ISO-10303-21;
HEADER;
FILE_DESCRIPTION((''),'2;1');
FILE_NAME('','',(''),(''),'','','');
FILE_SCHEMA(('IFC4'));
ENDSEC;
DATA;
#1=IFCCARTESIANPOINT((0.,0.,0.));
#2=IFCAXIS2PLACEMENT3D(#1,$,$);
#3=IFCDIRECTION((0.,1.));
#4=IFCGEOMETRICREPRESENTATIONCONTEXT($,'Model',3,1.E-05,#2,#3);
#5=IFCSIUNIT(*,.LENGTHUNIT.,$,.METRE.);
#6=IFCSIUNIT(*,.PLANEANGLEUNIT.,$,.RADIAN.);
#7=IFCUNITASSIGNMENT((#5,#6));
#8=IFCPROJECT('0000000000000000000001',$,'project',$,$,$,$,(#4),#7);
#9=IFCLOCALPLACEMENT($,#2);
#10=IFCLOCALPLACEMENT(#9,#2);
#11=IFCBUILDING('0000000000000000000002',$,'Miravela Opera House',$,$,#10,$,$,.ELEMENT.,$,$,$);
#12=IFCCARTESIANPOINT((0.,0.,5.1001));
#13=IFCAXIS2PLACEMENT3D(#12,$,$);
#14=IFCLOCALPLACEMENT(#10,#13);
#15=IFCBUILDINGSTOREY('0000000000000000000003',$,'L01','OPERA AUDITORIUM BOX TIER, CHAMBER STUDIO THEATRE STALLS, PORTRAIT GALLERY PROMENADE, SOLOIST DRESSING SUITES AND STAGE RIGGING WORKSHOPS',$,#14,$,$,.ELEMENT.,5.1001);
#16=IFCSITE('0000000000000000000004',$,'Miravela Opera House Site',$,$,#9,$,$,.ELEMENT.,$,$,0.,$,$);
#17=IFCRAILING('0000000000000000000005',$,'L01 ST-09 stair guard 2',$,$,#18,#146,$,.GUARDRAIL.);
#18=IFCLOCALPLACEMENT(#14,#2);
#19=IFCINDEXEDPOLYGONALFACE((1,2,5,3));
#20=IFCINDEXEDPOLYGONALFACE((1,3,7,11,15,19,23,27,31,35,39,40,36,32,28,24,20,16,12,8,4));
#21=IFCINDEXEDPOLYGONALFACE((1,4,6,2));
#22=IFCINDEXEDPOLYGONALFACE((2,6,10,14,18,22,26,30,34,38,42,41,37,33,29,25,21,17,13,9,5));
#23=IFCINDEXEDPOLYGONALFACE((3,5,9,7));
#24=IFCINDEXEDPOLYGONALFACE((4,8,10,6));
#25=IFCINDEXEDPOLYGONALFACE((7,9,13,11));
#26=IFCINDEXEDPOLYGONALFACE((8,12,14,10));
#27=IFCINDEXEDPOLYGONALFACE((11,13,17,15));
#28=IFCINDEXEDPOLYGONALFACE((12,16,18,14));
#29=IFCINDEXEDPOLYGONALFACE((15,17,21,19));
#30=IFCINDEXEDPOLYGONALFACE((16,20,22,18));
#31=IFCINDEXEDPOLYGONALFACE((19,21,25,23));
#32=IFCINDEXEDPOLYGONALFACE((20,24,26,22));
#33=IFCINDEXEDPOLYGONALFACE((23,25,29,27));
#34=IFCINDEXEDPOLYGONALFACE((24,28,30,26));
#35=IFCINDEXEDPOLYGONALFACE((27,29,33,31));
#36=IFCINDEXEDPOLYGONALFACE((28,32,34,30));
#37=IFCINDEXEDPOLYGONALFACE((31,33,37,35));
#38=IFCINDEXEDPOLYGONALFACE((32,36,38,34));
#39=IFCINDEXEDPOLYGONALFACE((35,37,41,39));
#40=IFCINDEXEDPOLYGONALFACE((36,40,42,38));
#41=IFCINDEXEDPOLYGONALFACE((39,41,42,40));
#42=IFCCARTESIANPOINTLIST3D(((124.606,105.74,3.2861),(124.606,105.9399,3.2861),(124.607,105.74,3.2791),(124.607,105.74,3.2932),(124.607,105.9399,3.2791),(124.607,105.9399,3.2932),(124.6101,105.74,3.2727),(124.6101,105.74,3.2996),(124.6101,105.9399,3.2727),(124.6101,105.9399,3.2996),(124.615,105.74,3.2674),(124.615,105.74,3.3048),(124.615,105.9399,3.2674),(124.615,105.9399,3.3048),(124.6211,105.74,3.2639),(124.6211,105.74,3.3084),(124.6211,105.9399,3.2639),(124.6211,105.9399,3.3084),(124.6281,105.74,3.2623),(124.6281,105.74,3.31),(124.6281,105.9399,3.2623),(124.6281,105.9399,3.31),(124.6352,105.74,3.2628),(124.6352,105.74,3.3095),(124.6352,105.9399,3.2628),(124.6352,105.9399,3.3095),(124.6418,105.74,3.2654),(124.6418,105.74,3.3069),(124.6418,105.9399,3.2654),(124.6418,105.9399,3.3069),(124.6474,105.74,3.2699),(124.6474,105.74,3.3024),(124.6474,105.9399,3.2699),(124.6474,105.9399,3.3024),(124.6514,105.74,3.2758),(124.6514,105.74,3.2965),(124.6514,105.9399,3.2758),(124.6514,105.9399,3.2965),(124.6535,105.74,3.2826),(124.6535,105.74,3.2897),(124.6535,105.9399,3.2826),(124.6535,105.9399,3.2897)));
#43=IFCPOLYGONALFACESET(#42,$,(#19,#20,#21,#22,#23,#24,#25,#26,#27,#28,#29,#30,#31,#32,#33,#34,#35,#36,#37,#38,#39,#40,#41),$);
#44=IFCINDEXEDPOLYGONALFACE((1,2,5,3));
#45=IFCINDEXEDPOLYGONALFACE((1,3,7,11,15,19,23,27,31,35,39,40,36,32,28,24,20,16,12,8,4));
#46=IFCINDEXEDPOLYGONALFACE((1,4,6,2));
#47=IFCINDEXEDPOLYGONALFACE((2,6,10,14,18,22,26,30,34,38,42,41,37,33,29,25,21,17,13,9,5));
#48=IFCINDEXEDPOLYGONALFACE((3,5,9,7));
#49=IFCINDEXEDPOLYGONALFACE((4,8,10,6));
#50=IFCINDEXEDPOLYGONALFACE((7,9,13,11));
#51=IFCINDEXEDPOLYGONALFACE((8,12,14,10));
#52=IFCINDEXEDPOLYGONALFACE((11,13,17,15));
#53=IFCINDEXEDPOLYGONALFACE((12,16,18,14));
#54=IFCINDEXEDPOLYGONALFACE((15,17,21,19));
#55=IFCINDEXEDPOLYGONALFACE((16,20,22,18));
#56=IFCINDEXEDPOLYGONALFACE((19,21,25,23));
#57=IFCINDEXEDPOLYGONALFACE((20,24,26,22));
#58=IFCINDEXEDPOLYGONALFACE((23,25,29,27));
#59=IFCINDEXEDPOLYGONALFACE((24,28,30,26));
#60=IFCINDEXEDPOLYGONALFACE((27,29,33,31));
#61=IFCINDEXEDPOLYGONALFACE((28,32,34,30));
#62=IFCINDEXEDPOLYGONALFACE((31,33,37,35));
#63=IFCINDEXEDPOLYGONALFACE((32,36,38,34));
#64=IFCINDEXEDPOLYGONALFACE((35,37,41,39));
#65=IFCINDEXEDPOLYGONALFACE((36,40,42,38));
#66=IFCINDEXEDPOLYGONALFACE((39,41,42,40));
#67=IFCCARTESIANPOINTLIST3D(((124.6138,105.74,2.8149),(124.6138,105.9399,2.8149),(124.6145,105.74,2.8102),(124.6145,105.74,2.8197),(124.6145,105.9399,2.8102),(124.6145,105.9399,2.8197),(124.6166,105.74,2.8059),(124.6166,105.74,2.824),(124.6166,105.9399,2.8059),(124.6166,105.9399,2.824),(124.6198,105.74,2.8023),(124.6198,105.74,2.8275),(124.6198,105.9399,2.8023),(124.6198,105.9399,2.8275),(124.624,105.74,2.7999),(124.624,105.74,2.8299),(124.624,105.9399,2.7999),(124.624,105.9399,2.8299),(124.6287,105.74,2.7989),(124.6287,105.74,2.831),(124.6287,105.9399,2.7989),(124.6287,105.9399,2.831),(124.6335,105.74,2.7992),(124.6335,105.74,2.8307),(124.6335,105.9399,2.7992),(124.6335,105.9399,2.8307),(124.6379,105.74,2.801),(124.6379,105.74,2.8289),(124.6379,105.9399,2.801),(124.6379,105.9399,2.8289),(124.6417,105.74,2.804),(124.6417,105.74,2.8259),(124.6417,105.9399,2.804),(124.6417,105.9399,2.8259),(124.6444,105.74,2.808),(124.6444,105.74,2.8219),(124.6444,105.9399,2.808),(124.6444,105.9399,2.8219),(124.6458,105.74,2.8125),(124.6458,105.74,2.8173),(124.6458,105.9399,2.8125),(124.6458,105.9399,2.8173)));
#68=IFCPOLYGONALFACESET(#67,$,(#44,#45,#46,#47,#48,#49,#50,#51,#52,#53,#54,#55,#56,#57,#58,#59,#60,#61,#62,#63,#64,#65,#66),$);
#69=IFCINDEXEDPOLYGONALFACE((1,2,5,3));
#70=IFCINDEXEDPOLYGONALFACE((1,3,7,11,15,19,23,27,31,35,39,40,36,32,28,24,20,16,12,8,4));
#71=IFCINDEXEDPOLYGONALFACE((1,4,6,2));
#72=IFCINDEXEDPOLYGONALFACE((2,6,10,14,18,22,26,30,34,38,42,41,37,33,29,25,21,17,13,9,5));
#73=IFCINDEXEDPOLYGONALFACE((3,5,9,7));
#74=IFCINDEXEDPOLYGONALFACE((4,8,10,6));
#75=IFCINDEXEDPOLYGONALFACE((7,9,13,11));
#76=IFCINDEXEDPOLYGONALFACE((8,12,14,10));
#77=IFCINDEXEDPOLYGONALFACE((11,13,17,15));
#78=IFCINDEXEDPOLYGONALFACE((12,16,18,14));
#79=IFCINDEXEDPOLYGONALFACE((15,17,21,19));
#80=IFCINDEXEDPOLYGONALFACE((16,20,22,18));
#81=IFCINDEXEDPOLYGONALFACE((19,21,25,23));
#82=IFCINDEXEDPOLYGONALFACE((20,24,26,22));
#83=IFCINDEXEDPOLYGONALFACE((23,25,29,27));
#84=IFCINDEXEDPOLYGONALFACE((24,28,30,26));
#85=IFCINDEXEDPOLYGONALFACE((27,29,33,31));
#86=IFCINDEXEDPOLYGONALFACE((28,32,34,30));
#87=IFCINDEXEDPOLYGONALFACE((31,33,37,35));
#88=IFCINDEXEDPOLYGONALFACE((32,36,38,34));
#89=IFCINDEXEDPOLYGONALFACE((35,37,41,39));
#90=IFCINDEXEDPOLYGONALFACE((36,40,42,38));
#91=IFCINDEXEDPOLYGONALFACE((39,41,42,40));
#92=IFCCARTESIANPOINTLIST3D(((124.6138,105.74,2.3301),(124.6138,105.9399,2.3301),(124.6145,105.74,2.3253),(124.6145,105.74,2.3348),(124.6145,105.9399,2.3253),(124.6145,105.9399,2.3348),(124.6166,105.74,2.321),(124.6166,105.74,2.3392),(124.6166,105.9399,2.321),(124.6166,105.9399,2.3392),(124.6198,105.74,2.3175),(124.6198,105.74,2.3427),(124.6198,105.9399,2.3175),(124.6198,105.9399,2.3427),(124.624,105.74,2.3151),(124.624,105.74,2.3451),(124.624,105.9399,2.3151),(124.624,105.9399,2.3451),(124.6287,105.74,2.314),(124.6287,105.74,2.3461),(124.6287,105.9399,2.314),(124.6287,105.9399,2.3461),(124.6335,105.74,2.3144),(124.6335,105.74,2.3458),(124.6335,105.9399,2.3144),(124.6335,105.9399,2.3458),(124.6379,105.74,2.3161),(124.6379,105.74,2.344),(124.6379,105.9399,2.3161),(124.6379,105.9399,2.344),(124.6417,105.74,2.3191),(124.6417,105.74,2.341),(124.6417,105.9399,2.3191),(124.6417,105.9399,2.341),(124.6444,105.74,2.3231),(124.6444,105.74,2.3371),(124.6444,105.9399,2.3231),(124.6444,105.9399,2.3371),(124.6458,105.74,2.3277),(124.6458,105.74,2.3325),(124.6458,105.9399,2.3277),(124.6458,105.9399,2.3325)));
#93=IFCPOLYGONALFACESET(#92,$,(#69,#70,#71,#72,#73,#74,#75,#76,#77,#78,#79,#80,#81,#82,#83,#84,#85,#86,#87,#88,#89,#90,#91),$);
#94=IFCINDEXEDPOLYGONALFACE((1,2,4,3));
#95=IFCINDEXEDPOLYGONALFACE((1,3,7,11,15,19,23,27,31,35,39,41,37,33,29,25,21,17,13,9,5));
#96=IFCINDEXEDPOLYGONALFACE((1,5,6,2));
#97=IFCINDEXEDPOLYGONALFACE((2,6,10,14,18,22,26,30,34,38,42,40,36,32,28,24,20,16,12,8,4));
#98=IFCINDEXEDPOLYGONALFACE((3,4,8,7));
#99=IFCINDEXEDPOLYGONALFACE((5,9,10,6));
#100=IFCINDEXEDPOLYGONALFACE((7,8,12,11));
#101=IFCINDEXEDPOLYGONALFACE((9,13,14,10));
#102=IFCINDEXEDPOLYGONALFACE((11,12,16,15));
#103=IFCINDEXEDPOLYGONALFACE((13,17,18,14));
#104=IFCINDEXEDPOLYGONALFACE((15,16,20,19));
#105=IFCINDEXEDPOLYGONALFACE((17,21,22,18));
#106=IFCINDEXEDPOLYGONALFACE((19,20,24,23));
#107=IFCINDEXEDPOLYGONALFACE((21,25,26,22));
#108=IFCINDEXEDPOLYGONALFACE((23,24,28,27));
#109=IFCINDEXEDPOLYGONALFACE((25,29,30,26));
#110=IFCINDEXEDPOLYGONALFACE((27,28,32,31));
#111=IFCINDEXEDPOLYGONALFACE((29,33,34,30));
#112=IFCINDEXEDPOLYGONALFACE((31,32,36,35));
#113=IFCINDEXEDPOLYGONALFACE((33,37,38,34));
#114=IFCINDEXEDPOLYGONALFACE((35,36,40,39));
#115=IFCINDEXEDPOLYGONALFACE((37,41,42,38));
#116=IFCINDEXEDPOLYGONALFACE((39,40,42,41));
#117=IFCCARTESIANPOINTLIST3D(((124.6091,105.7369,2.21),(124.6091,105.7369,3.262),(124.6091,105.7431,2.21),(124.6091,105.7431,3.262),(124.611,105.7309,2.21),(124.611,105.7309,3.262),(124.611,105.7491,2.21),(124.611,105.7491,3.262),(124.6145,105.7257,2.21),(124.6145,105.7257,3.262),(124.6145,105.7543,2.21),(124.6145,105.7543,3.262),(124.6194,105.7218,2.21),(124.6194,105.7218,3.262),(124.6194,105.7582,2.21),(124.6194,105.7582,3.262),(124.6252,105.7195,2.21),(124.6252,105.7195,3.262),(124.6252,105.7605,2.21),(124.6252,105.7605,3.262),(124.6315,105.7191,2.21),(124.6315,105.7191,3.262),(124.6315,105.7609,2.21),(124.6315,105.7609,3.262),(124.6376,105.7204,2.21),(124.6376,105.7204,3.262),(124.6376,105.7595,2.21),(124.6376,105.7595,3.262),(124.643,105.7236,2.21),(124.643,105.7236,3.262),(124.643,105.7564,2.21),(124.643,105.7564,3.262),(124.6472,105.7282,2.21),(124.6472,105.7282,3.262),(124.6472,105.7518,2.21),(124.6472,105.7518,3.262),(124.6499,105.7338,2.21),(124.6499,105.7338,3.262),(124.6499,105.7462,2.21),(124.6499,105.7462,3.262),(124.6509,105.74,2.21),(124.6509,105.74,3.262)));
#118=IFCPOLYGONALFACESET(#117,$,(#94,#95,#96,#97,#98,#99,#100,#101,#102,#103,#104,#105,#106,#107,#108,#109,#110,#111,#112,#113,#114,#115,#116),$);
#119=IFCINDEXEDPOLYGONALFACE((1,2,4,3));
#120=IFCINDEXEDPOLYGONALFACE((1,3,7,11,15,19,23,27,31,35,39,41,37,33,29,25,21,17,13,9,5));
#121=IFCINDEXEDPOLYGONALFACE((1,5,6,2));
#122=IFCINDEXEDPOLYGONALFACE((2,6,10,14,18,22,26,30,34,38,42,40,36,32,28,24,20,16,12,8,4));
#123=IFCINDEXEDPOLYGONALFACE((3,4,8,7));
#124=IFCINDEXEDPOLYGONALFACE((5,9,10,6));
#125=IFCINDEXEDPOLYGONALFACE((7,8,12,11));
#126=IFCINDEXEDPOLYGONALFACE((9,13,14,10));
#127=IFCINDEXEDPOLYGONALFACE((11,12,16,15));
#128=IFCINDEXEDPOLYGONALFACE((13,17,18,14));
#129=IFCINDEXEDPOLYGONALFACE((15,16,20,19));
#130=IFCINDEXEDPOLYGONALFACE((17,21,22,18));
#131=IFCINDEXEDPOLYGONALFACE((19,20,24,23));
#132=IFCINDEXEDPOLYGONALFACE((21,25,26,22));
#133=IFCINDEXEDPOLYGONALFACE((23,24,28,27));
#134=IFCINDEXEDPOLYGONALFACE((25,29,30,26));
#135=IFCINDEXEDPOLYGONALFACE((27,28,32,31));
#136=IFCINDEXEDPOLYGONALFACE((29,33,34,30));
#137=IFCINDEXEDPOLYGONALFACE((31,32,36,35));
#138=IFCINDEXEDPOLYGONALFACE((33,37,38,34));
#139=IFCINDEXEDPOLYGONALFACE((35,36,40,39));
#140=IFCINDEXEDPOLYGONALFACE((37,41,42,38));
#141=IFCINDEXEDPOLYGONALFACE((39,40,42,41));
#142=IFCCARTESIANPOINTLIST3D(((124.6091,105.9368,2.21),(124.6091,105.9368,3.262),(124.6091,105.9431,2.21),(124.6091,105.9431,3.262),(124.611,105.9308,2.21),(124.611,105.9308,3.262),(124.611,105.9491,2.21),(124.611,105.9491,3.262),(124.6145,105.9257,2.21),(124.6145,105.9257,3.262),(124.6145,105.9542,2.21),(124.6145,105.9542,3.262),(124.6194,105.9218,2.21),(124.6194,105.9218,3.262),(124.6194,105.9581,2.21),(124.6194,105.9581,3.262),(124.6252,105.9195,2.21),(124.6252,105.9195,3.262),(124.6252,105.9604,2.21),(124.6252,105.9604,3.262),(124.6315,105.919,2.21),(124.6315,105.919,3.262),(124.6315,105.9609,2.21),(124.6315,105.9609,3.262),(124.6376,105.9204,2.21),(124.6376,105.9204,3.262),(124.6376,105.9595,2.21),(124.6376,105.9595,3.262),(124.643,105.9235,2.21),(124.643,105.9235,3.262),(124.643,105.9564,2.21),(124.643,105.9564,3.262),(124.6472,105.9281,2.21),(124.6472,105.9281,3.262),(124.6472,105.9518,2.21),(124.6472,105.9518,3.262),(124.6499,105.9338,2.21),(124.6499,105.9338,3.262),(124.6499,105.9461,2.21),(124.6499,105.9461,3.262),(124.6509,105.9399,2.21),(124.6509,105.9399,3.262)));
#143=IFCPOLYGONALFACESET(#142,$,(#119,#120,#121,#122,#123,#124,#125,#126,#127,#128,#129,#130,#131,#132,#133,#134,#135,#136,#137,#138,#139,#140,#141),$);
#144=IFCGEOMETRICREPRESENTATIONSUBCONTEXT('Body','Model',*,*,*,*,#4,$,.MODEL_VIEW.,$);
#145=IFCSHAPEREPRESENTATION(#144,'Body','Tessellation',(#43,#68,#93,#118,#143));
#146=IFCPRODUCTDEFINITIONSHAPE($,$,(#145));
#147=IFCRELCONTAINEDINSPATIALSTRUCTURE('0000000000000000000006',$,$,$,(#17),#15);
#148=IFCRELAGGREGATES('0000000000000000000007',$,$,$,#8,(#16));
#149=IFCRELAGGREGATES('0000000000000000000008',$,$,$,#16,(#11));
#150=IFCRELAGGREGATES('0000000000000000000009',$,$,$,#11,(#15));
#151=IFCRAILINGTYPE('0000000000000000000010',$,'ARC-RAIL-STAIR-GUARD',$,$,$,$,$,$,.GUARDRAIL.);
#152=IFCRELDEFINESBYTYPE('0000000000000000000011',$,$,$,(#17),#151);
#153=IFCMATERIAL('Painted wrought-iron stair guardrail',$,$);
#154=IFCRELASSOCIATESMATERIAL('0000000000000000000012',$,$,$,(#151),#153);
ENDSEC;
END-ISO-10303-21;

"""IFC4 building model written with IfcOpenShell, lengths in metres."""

from ifc_helpers import new_model, si_unit, direction, frame, origin, origin_2d, place, context, subcontext, project, spatial, circle, extrude, material, type_object, element, save


model = new_model("IFC4")

# Units and contexts
model_context = context("Model", 3, precision=1e-05, world=origin(), true_north=direction((0.0, 1.0)))
body_context = subcontext(model_context, "Body", "Model", "MODEL_VIEW")
ifc_project = project(units=[si_unit("LENGTHUNIT", "METRE"), si_unit("PLANEANGLEUNIT", "RADIAN")], contexts=[model_context])

# Site, building, storey
site_placement = place(None, origin())
site = spatial("IfcSite", under=ifc_project, at=site_placement, Name="Miravela Opera House Site", CompositionType="ELEMENT", RefElevation=0.0)
building_placement = place(site_placement, origin())
building = spatial("IfcBuilding", under=site, at=building_placement, Name="Miravela Opera House", CompositionType="ELEMENT")
storey_placement = place(building_placement, frame((0.0, 0.0, 5.1001)))
storey = spatial("IfcBuildingStorey", under=building, at=storey_placement, Name="L01", Description="OPERA AUDITORIUM BOX TIER, CHAMBER STUDIO THEATRE STALLS, PORTRAIT GALLERY PROMENADE, SOLOIST DRESSING SUITES AND STAGE RIGGING WORKSHOPS", CompositionType="ELEMENT", Elevation=5.1001)

# Railing
ifc_material_1 = material(Name="Painted wrought-iron stair guardrail")
railing_type_1 = type_object("IfcRailingType", Name="ARC-RAIL-STAIR-GUARD", PredefinedType="GUARDRAIL", material=ifc_material_1)
railing_1_placement = place(storey_placement, frame((124.6299, 105.74, 2.21)))
element("IfcRailing", 1, at=railing_1_placement, inside=storey, type_object=railing_type_1, Name="L01 ST-09 stair guard 2", PredefinedType="GUARDRAIL", context=body_context, shape_type="SweptSolid", body=[
    extrude(circle(Radius=0.0239, at=origin_2d()), frame((0.0, 0.0, 1.0762), z_axis=(0.0, 1.0, 0.0), x_axis=(-1.0, 0.0, 0.0)), (0.0, 0.0, 1.0), 0.2),
    extrude(circle(Radius=0.0161, at=origin_2d()), frame((0.0, 0.0, 0.605), z_axis=(0.0, 1.0, 0.0), x_axis=(-1.0, 0.0, 0.0)), (0.0, 0.0, 1.0), 0.2),
    extrude(circle(Radius=0.0161, at=origin_2d()), frame((0.0, 0.0, 0.1201), z_axis=(0.0, 1.0, 0.0), x_axis=(-1.0, 0.0, 0.0)), (0.0, 0.0, 1.0), 0.2),
    extrude(circle(Radius=0.021, at=origin_2d()), origin(), (0.0, 0.0, 1.0), 1.052),
    extrude(circle(Radius=0.021, at=origin_2d()), frame((0.0, 0.2, 0.0)), (0.0, 0.0, 1.0), 1.052),
])

save(model, "model.ifc")
